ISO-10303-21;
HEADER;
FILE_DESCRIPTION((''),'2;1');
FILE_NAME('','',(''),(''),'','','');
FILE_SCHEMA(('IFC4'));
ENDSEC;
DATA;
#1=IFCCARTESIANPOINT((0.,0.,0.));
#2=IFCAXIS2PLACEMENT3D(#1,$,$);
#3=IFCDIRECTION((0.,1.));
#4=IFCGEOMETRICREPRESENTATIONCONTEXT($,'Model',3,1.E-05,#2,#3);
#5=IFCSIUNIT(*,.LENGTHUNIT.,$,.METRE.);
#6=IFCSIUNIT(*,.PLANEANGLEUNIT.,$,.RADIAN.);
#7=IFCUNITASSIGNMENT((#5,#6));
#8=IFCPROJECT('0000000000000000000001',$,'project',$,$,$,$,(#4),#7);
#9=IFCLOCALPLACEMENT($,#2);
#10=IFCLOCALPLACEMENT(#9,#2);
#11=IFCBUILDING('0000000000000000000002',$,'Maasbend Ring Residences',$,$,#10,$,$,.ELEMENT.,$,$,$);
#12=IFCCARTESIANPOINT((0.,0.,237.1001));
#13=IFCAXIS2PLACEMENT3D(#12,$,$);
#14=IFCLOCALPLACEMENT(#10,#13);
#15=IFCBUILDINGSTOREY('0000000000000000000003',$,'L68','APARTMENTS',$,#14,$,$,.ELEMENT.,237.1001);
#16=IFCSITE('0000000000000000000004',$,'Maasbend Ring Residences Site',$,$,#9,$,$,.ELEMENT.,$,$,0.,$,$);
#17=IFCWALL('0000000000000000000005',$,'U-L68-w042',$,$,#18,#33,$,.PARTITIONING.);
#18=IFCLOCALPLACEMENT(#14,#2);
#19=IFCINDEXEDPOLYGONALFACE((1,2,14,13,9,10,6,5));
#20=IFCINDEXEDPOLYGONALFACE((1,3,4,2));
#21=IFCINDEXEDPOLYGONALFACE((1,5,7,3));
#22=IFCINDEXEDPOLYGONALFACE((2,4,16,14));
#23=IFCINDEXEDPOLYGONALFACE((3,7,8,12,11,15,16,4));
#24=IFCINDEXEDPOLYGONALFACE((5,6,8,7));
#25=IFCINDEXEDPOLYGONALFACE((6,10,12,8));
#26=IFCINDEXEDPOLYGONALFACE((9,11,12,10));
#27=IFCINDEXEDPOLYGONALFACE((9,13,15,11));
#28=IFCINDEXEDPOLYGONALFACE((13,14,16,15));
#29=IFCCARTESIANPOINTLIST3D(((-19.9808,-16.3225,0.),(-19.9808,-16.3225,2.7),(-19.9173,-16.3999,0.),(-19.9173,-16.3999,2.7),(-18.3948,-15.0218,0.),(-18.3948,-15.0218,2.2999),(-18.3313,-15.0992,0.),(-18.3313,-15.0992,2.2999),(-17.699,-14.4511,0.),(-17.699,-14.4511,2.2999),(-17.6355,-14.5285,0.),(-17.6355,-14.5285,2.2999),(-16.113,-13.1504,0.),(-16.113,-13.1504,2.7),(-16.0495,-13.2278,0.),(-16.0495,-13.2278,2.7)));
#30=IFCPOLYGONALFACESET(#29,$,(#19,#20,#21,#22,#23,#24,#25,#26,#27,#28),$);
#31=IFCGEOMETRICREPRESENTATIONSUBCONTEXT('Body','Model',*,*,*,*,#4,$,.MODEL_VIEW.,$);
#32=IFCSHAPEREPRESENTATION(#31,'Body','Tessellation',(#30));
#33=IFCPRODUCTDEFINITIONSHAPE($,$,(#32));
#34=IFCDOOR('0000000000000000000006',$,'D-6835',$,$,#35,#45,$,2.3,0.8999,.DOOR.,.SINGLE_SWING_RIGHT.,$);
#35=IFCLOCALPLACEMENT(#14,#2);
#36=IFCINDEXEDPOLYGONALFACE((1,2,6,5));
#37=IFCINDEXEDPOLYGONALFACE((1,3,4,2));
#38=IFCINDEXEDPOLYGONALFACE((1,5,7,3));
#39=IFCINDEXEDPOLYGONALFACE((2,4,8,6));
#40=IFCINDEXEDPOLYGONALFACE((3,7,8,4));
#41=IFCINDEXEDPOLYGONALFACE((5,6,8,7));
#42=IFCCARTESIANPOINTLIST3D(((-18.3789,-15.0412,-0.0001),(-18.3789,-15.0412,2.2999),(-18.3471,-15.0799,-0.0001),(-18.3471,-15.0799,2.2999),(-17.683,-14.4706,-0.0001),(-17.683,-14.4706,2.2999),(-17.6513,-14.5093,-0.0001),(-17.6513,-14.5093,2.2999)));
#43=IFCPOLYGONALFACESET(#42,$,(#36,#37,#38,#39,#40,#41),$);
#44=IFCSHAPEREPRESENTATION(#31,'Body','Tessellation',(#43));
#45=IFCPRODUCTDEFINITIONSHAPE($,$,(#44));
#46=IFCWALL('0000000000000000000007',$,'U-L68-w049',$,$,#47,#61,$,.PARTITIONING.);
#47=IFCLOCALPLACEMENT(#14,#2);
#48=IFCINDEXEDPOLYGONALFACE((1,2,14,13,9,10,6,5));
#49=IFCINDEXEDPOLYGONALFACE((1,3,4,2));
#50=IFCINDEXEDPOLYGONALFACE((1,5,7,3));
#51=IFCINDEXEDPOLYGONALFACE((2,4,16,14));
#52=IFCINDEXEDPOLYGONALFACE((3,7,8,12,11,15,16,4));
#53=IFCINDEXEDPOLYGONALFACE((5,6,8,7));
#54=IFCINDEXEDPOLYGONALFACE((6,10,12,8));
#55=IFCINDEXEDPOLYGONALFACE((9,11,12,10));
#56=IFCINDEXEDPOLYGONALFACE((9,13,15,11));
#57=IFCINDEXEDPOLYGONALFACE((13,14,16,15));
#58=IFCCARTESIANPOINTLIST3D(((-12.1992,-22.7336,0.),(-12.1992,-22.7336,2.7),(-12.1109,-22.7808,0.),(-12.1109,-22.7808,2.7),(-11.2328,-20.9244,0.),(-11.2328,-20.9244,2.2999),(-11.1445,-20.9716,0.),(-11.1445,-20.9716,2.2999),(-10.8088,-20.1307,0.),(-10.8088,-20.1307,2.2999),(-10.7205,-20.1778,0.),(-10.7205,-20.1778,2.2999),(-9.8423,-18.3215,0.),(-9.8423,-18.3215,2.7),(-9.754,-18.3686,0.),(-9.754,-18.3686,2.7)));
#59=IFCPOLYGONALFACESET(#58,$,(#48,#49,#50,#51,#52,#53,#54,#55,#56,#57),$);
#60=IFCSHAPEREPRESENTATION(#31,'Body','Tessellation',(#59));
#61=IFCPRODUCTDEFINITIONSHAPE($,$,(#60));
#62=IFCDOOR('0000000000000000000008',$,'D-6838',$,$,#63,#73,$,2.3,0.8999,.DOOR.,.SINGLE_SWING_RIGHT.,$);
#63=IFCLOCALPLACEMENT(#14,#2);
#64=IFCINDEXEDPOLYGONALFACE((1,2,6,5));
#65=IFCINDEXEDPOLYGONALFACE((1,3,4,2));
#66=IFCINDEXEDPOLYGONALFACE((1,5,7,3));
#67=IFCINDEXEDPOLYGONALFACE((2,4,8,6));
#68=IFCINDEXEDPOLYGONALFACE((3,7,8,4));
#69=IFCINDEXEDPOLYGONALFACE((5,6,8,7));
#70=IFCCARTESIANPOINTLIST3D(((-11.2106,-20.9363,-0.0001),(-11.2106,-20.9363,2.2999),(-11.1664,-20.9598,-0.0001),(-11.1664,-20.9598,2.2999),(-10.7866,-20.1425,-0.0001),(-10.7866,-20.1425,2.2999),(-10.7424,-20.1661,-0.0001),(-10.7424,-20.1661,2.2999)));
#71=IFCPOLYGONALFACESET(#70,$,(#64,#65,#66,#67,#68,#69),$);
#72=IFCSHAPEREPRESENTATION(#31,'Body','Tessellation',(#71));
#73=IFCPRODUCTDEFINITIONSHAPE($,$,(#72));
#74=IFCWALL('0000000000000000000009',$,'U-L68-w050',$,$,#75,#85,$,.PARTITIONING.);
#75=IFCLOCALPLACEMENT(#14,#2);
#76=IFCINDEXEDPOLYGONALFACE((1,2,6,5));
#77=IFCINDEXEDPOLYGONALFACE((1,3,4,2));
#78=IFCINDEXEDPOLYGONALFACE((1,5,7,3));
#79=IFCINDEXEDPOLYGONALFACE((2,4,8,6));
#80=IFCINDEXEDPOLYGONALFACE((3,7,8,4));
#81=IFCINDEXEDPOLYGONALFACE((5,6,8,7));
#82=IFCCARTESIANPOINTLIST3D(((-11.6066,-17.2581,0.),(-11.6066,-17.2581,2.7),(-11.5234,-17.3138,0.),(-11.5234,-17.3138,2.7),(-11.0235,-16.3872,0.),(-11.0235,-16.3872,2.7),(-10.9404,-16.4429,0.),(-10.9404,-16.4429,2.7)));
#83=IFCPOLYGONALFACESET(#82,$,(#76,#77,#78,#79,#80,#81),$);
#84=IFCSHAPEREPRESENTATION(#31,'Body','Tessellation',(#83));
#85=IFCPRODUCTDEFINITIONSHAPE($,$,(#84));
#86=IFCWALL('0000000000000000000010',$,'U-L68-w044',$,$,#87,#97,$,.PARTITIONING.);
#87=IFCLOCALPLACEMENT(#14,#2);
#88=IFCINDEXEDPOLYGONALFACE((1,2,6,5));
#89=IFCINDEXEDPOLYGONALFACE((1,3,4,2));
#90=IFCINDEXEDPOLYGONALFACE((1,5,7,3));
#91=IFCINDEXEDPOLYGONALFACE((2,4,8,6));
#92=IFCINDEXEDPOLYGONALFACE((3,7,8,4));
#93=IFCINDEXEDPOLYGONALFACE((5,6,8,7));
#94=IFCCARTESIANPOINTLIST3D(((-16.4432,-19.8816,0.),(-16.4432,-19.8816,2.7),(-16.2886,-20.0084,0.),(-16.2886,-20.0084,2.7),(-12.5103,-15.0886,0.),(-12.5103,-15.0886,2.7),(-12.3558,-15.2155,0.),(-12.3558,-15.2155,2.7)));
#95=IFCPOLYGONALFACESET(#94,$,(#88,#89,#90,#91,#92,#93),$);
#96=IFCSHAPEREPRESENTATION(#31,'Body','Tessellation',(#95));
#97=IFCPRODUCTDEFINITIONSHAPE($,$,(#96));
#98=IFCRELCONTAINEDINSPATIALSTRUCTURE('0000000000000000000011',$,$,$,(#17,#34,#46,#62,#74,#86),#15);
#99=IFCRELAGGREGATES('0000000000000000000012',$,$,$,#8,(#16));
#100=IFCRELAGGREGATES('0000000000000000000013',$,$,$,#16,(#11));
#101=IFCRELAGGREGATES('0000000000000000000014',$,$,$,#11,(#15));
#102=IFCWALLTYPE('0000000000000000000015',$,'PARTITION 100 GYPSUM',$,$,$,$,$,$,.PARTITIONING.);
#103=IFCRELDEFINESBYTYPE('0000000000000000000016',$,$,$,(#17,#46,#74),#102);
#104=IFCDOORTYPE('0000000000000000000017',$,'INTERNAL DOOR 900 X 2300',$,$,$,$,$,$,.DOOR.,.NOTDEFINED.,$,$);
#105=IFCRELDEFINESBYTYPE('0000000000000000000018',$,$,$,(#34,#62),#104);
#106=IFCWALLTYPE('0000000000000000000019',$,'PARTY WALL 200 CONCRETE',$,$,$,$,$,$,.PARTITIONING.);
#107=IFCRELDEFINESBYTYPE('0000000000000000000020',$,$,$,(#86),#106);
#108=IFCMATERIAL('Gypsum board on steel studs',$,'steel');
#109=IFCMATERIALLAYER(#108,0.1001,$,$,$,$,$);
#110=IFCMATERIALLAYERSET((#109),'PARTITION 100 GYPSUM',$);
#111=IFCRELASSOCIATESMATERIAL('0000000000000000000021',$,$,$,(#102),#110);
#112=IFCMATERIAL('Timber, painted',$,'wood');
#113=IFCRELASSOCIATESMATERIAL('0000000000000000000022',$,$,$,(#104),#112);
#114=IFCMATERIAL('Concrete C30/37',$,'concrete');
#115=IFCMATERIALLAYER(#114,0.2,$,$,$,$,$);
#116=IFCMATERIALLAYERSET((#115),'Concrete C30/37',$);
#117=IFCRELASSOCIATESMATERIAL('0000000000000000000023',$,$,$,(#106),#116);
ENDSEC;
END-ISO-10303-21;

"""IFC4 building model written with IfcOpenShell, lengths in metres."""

from ifc_helpers import new_model, si_unit, direction, frame, frame_2d, origin, place, context, subcontext, project, spatial, rectangle, extrude, material, layer, layer_set, type_object, element, fill, save


model = new_model("IFC4")

# Units and contexts
model_context = context("Model", 3, precision=1e-05, world=origin(), true_north=direction((0.0, 1.0)))
body_context = subcontext(model_context, "Body", "Model", "MODEL_VIEW")
ifc_project = project(units=[si_unit("LENGTHUNIT", "METRE"), si_unit("PLANEANGLEUNIT", "RADIAN")], contexts=[model_context])

# Site, building, storey
site_placement = place(None, origin())
site = spatial("IfcSite", under=ifc_project, at=site_placement, Name="Maasbend Ring Residences Site", CompositionType="ELEMENT", RefElevation=0.0)
building_placement = place(site_placement, origin())
building = spatial("IfcBuilding", under=site, at=building_placement, Name="Maasbend Ring Residences", CompositionType="ELEMENT")
storey_placement = place(building_placement, frame((0.0, 0.0, 237.1001)))
storey = spatial("IfcBuildingStorey", under=building, at=storey_placement, Name="L68", Description="APARTMENTS", CompositionType="ELEMENT", Elevation=237.1001)

# Walls, openings, doors
ifc_material_1 = material(Name="Gypsum board on steel studs", Category="steel")
ifc_layer_1 = layer(ifc_material_1, 0.1001)
ifc_layer_set_1 = layer_set([ifc_layer_1], Name="PARTITION 100 GYPSUM")
wall_type_1 = type_object("IfcWallType", Name="PARTITION 100 GYPSUM", PredefinedType="PARTITIONING", material=ifc_layer_set_1)
wall_1_placement = place(storey_placement, frame((-19.949, -16.3611, 0.0), z_axis=(0.0, 0.0, 1.0), x_axis=(0.773226, 0.63413, 0.0)))
wall_1 = element("IfcWall", 1, at=wall_1_placement, inside=storey, type_object=wall_type_1, Name="U-L68-w042", PredefinedType="PARTITIONING", context=body_context, shape_type="SweptSolid", body=[
    extrude(rectangle(XDim=5.0022, YDim=0.1001, at=frame_2d((2.501, 0.0))), origin(), (0.0, 0.0, 1.0), 2.7),
])
opening_1_placement = place(wall_1_placement, frame((2.051, 0.0, 0.0)))
opening_1 = element("IfcOpeningElement", 2, at=opening_1_placement, cuts=wall_1, PredefinedType="OPENING", context=body_context, shape_type="SweptSolid", body=[
    extrude(rectangle(XDim=0.8999, YDim=2.3, at=frame_2d((0.45, 1.1499))), frame((0.0, 0.0601, 0.0), z_axis=(0.0, -1.0, 0.0), x_axis=(1.0, 0.0, 0.0)), (0.0, 0.0, 1.0), 0.1201),
])
ifc_material_2 = material(Name="Timber, painted", Category="wood")
door_type_1 = type_object("IfcDoorType", Name="INTERNAL DOOR 900 X 2300", OperationType="NOTDEFINED", PredefinedType="DOOR", material=ifc_material_2)
door_1_placement = place(opening_1_placement, origin())
door_1 = element("IfcDoor", 3, at=door_1_placement, inside=storey, type_object=door_type_1, Name="D-6835", OperationType="SINGLE_SWING_RIGHT", OverallHeight=2.3, OverallWidth=0.8999, PredefinedType="DOOR", context=body_context, shape_type="SweptSolid", body=[
    extrude(rectangle(XDim=0.8999, YDim=2.3, at=frame_2d((0.45, 1.1499))), frame((0.0, 0.0249, 0.0), z_axis=(0.0, -1.0, 0.0), x_axis=(1.0, 0.0, 0.0)), (0.0, 0.0, 1.0), 0.05),
])
fill(opening_1, door_1)
wall_2_placement = place(storey_placement, frame((-12.155, -22.7571, 0.0), z_axis=(0.0, 0.0, 1.0), x_axis=(0.471181, 0.882037, 0.0)))
wall_2 = element("IfcWall", 4, at=wall_2_placement, inside=storey, type_object=wall_type_1, Name="U-L68-w049", PredefinedType="PARTITIONING", context=body_context, shape_type="SweptSolid", body=[
    extrude(rectangle(XDim=5.0022, YDim=0.1001, at=frame_2d((2.501, 0.0))), origin(), (0.0, 0.0, 1.0), 2.7),
])
opening_2_placement = place(wall_2_placement, frame((2.051, 0.0, 0.0)))
opening_2 = element("IfcOpeningElement", 5, at=opening_2_placement, cuts=wall_2, PredefinedType="OPENING", context=body_context, shape_type="SweptSolid", body=[
    extrude(rectangle(XDim=0.8999, YDim=2.3, at=frame_2d((0.45, 1.1499))), frame((0.0, 0.0601, 0.0), z_axis=(0.0, -1.0, 0.0), x_axis=(1.0, 0.0, 0.0)), (0.0, 0.0, 1.0), 0.1201),
])
door_2_placement = place(opening_2_placement, origin())
door_2 = element("IfcDoor", 6, at=door_2_placement, inside=storey, type_object=door_type_1, Name="D-6838", OperationType="SINGLE_SWING_RIGHT", OverallHeight=2.3, OverallWidth=0.8999, PredefinedType="DOOR", context=body_context, shape_type="SweptSolid", body=[
    extrude(rectangle(XDim=0.8999, YDim=2.3, at=frame_2d((0.45, 1.1499))), frame((0.0, 0.0249, 0.0), z_axis=(0.0, -1.0, 0.0), x_axis=(1.0, 0.0, 0.0)), (0.0, 0.0, 1.0), 0.05),
])
fill(opening_2, door_2)

# Walls
wall_3_placement = place(storey_placement, frame((-11.5649, -17.2859, 0.0), z_axis=(0.0, 0.0, 1.0), x_axis=(0.556312, 0.830974, 0.0)))
element("IfcWall", 7, at=wall_3_placement, inside=storey, type_object=wall_type_1, Name="U-L68-w050", PredefinedType="PARTITIONING", context=body_context, shape_type="SweptSolid", body=[
    extrude(rectangle(XDim=1.0481, YDim=0.1001, at=frame_2d((0.5239, 0.0))), origin(), (0.0, 0.0, 1.0), 2.7),
])
ifc_material_3 = material(Name="Concrete C30/37", Category="concrete")
ifc_layer_2 = layer(ifc_material_3, 0.2)
ifc_layer_set_2 = layer_set([ifc_layer_2], Name="Concrete C30/37")
wall_type_2 = type_object("IfcWallType", Name="PARTY WALL 200 CONCRETE", PredefinedType="PARTITIONING", material=ifc_layer_set_2)
wall_4_placement = place(storey_placement, frame((-16.366, -19.9451, 0.0), z_axis=(0.0, 0.0, 1.0), x_axis=(0.634333, 0.77306, 0.0)))
element("IfcWall", 8, at=wall_4_placement, inside=storey, type_object=wall_type_2, Name="U-L68-w044", PredefinedType="PARTITIONING", context=body_context, shape_type="SweptSolid", body=[
    extrude(rectangle(XDim=6.2, YDim=0.2, at=frame_2d((3.1001, 0.0))), origin(), (0.0, 0.0, 1.0), 2.7),
])

save(model, "model.ifc")
